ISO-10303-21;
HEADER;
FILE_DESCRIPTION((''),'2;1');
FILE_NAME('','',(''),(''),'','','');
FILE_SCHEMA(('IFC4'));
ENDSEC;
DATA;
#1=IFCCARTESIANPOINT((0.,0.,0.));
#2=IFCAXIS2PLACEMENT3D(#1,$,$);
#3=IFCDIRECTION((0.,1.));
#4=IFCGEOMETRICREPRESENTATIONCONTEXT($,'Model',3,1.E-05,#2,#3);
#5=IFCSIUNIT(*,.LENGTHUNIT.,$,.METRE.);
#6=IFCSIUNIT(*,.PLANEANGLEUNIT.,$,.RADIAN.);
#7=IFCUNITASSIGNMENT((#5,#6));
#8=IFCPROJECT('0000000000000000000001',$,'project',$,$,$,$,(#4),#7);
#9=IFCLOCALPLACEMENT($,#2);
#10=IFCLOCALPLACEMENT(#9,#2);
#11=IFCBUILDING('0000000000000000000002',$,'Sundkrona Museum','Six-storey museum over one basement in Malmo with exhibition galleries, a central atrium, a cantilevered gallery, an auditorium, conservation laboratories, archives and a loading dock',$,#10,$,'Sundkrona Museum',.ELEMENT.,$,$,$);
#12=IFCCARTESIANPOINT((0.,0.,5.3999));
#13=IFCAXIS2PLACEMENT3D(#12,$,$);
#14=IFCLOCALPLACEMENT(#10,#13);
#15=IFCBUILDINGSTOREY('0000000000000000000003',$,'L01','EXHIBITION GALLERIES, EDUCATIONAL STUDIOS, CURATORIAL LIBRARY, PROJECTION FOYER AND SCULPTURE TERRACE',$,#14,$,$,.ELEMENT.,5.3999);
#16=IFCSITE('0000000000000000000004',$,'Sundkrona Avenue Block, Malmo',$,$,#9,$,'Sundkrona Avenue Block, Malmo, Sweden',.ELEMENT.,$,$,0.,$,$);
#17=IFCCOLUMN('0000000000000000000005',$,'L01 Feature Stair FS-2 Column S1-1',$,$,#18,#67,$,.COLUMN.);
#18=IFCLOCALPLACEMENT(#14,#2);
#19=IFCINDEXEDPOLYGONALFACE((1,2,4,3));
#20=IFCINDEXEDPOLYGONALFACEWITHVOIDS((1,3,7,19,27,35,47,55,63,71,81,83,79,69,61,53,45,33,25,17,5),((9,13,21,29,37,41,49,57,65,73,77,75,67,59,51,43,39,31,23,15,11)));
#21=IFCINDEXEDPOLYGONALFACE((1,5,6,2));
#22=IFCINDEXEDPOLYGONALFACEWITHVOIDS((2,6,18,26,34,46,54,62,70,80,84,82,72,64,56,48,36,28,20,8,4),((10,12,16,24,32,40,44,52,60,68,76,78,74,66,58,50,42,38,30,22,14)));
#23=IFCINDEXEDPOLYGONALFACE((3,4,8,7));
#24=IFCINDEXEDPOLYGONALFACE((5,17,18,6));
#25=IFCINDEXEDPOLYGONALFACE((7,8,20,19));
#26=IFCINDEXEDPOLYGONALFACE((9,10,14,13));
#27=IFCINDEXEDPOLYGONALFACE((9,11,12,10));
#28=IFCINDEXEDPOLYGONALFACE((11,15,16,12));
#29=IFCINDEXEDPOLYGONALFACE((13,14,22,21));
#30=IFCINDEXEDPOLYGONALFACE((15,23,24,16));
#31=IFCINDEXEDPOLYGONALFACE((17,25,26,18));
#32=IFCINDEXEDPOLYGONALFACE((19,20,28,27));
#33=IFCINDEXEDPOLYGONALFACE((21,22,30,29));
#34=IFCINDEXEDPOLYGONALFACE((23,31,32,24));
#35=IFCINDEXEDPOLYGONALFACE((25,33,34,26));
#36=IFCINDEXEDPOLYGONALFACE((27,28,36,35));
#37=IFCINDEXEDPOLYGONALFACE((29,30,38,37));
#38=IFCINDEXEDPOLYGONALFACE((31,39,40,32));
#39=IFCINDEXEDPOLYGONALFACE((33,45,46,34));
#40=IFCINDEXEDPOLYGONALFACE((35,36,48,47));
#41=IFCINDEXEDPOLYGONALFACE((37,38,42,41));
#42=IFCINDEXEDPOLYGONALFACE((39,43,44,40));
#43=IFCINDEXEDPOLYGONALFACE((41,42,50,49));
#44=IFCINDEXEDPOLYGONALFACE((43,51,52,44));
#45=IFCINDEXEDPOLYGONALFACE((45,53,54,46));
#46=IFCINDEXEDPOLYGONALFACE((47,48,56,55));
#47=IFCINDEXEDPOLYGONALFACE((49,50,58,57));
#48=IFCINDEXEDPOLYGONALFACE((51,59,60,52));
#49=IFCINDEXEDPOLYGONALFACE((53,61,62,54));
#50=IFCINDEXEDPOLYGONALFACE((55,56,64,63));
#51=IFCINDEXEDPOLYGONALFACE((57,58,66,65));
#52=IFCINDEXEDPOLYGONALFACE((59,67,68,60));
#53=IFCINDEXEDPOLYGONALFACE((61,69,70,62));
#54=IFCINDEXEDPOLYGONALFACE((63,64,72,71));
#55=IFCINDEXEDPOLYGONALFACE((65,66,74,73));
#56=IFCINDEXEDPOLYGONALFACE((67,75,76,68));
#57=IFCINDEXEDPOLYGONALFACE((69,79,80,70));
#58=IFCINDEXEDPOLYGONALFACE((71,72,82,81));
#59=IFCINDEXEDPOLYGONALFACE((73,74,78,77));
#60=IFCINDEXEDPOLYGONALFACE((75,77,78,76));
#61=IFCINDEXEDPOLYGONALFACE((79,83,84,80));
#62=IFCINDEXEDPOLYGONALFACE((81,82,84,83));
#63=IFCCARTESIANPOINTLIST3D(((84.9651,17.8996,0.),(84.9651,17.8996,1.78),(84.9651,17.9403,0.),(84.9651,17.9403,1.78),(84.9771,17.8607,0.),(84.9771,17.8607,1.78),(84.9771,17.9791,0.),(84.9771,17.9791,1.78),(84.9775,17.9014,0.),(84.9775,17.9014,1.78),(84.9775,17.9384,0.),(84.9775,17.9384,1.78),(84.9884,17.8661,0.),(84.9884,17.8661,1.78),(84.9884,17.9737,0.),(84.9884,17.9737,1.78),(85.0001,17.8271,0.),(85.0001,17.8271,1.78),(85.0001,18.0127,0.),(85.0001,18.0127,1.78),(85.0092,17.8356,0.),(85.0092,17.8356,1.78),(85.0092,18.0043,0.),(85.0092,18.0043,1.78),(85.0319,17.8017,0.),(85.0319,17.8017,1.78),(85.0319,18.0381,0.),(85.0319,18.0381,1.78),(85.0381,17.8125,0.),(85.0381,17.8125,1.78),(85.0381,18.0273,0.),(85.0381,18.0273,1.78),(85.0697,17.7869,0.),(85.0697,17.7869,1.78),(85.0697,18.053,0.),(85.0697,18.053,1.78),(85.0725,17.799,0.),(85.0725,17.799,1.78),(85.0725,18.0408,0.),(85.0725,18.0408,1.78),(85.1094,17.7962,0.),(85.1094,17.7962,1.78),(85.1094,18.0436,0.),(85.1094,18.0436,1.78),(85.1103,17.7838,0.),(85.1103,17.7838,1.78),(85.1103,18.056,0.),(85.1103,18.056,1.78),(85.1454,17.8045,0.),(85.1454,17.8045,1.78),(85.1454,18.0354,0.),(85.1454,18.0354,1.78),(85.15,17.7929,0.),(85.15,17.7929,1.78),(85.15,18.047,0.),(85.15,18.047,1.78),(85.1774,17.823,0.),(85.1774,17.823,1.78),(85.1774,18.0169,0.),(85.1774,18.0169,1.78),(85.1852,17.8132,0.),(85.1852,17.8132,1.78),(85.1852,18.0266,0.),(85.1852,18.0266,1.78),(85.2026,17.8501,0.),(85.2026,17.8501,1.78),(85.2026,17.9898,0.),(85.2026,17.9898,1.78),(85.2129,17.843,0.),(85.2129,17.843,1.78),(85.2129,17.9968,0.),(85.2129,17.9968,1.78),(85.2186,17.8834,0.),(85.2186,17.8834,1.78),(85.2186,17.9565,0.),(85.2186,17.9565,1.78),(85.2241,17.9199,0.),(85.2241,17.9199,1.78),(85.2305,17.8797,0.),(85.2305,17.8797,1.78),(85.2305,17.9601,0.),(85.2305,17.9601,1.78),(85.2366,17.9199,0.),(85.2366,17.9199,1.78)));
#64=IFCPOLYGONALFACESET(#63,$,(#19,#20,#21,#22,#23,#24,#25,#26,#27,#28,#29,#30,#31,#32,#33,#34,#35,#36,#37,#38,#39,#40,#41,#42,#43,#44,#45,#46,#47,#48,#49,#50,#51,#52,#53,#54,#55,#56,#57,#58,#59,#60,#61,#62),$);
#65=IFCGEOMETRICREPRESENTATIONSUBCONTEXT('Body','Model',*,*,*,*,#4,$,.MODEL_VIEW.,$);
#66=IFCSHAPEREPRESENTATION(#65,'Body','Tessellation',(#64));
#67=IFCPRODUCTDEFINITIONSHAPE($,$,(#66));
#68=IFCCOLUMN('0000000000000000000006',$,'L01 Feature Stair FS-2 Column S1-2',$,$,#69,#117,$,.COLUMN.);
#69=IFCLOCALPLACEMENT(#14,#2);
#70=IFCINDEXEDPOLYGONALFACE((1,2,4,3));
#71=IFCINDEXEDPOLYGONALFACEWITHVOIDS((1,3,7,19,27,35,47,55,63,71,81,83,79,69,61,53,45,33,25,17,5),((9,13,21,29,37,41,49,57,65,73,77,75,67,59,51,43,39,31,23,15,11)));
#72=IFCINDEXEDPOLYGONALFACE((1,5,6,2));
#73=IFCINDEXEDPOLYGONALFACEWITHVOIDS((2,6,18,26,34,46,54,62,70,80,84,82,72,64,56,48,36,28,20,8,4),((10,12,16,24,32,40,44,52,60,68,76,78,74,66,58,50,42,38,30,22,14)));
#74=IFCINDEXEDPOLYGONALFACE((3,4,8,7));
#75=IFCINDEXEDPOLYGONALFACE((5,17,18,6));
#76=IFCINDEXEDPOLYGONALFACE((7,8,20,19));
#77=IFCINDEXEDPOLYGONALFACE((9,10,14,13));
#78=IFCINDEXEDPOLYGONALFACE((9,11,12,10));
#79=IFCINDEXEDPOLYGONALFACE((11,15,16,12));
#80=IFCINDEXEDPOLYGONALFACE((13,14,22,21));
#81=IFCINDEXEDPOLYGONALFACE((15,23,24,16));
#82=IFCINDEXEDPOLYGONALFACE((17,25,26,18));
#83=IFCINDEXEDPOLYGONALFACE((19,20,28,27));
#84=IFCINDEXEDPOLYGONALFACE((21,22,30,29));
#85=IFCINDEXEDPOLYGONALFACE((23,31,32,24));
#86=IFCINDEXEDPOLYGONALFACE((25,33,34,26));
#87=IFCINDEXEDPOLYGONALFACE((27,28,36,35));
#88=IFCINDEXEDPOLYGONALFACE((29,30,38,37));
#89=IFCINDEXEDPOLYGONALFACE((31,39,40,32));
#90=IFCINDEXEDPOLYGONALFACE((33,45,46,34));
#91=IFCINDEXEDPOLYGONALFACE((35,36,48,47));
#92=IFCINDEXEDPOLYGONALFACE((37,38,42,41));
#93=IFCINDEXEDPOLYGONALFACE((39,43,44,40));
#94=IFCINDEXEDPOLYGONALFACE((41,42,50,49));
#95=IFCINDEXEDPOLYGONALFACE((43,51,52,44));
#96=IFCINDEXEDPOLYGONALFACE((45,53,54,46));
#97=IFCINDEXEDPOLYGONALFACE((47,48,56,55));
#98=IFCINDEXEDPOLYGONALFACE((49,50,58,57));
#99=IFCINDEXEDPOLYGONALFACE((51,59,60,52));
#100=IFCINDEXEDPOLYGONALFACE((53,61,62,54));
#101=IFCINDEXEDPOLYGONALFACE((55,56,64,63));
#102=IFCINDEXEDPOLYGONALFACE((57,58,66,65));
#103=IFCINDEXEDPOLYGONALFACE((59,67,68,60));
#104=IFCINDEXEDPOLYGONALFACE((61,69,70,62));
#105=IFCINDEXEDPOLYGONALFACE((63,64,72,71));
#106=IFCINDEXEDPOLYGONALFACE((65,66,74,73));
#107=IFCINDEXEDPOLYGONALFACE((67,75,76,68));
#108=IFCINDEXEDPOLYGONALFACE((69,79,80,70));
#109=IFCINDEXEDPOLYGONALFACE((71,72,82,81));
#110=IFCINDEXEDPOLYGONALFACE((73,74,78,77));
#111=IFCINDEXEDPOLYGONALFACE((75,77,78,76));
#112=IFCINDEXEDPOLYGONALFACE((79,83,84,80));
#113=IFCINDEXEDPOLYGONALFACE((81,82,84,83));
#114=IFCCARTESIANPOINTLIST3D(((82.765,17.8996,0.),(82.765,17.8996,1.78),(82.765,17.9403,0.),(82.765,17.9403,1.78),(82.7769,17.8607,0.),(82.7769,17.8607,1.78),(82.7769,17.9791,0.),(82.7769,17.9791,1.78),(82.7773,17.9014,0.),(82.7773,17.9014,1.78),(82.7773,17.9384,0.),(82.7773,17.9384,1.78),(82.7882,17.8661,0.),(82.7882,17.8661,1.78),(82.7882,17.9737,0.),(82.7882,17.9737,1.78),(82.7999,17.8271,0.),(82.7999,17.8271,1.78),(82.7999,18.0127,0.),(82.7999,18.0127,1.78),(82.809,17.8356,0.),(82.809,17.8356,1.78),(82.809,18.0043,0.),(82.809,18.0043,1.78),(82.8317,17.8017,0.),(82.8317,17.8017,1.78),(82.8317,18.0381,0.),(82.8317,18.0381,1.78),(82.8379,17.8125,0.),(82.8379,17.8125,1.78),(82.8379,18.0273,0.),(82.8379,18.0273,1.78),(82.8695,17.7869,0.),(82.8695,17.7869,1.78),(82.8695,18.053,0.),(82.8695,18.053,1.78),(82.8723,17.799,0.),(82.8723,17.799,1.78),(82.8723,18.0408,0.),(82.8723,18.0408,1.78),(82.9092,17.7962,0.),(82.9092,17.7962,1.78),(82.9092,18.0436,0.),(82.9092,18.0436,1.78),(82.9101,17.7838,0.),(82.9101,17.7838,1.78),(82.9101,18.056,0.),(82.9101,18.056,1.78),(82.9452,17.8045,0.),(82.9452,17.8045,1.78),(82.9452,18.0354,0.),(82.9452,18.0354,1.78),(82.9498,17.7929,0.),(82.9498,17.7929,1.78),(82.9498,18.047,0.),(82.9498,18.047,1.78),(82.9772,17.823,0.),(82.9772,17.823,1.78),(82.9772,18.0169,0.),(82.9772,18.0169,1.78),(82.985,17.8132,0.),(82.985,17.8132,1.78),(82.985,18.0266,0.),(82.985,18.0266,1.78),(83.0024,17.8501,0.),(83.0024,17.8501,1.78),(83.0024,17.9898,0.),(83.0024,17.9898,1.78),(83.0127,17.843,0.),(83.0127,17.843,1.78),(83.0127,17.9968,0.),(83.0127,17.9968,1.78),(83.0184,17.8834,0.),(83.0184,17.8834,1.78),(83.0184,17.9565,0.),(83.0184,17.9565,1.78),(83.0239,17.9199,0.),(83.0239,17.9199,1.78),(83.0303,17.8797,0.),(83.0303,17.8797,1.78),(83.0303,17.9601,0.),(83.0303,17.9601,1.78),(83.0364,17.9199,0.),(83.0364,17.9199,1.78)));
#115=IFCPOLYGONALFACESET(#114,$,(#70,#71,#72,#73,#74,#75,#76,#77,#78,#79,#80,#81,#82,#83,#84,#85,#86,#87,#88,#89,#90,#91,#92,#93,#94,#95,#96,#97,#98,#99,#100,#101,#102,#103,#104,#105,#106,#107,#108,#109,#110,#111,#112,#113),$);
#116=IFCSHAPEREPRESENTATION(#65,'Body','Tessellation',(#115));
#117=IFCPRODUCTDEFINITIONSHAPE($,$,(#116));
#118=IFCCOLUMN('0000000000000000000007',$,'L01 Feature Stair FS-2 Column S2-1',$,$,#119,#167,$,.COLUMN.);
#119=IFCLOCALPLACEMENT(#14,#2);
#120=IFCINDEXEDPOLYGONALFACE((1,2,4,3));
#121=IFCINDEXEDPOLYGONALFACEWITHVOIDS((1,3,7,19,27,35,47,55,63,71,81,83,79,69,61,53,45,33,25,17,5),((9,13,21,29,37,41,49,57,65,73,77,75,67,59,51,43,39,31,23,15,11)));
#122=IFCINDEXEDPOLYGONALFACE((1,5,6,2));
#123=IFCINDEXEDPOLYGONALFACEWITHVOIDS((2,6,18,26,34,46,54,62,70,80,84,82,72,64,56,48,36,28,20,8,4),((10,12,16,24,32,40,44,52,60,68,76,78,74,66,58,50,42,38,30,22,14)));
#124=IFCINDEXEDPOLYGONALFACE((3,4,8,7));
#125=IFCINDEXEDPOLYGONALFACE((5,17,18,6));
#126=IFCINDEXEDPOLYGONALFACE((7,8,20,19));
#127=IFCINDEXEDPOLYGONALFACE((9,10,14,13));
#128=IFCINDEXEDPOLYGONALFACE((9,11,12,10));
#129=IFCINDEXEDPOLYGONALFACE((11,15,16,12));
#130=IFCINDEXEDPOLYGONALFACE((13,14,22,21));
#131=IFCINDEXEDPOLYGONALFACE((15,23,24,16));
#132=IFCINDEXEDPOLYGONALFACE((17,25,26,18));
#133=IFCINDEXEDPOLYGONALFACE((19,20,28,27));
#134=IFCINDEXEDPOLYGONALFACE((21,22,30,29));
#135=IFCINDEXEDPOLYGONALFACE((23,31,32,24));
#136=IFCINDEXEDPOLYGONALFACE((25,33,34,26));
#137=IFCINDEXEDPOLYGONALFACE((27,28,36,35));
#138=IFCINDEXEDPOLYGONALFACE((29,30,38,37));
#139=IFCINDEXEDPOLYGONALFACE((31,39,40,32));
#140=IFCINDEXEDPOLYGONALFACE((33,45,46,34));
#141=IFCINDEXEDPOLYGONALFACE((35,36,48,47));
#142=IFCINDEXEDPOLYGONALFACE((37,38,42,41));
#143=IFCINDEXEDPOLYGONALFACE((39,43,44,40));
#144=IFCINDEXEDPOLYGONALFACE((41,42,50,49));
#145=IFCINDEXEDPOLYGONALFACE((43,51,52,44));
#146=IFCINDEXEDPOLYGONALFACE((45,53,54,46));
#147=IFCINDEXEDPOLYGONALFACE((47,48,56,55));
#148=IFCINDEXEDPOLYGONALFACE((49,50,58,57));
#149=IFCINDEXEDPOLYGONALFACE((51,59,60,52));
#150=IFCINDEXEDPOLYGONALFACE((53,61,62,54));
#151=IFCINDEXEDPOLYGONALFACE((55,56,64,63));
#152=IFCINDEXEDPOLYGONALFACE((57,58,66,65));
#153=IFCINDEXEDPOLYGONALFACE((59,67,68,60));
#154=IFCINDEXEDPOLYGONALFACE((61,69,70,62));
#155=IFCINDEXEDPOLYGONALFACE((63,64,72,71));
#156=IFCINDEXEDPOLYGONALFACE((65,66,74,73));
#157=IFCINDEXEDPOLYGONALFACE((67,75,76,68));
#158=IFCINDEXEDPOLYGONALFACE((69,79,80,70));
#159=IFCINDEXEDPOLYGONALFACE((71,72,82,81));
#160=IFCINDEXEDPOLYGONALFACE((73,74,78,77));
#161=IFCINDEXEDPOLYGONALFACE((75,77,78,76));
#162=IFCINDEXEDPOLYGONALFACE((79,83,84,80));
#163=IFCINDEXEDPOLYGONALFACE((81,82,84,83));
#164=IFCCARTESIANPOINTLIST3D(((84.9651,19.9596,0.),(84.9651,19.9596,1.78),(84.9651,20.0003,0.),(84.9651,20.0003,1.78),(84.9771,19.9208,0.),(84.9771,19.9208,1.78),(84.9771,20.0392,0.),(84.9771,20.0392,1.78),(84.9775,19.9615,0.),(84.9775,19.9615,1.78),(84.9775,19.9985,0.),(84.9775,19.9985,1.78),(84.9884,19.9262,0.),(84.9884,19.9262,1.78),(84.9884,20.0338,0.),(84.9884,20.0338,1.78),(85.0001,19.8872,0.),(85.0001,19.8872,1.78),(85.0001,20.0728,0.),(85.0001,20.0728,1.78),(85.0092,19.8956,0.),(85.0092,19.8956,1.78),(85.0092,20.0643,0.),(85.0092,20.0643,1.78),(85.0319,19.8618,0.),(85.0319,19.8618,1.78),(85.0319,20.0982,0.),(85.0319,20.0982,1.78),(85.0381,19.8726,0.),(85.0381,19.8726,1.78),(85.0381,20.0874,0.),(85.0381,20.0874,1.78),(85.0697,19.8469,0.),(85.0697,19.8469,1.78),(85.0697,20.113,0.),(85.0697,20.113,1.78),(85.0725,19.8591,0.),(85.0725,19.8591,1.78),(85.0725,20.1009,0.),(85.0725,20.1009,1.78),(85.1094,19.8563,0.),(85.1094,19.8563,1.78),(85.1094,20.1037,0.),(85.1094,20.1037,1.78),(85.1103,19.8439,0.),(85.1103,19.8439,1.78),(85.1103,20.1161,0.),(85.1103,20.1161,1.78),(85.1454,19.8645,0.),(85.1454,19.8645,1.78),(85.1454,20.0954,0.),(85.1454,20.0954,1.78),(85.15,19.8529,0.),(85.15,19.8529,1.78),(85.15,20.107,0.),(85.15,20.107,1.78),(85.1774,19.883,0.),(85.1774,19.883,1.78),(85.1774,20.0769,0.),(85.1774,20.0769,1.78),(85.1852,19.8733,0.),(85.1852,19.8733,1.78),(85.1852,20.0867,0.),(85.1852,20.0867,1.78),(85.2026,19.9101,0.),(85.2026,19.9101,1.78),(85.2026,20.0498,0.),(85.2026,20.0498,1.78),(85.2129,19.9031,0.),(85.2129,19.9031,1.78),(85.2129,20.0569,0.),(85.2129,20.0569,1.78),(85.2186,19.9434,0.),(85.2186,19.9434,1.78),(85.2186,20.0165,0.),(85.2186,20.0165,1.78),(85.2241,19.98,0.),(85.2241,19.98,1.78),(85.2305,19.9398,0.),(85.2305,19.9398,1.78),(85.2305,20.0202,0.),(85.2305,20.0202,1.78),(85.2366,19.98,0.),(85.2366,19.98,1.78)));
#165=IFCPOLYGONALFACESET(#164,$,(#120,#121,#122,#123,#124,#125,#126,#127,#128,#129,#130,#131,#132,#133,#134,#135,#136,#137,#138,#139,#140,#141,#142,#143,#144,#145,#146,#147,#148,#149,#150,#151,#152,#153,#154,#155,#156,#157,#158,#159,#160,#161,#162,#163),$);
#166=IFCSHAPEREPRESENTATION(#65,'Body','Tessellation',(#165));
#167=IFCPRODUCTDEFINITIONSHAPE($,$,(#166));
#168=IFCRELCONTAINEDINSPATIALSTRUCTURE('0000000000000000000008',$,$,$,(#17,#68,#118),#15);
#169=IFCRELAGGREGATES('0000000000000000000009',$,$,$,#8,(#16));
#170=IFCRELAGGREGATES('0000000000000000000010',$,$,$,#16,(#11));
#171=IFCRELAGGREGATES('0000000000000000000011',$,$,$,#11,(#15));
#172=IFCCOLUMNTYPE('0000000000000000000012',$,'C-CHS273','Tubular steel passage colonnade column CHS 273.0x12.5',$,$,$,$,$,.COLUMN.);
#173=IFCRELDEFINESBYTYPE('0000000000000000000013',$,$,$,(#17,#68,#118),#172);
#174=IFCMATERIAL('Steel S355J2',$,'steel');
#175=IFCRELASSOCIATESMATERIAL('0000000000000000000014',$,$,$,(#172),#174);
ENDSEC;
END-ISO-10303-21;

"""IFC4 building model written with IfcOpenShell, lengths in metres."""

from ifc_helpers import new_model, si_unit, direction, frame, origin, origin_2d, place, context, subcontext, project, spatial, hollow_circle, extrude, material, material_profile, profile_set, type_object, element, save


model = new_model("IFC4")

# Units and contexts
model_context = context("Model", 3, precision=1e-05, world=origin(), true_north=direction((0.0, 1.0)))
body_context = subcontext(model_context, "Body", "Model", "MODEL_VIEW")
ifc_project = project(units=[si_unit("LENGTHUNIT", "METRE"), si_unit("PLANEANGLEUNIT", "RADIAN")], contexts=[model_context])

# Site, building, storey
site_placement = place(None, origin())
site = spatial("IfcSite", under=ifc_project, at=site_placement, Name="Sundkrona Avenue Block, Malmo", LongName="Sundkrona Avenue Block, Malmo, Sweden", CompositionType="ELEMENT", RefElevation=0.0)
building_placement = place(site_placement, origin())
building = spatial("IfcBuilding", under=site, at=building_placement, Name="Sundkrona Museum", Description="Six-storey museum over one basement in Malmo with exhibition galleries, a central atrium, a cantilevered gallery, an auditorium, conservation laboratories, archives and a loading dock", LongName="Sundkrona Museum", CompositionType="ELEMENT")
storey_placement = place(building_placement, frame((0.0, 0.0, 5.3999)))
storey = spatial("IfcBuildingStorey", under=building, at=storey_placement, Name="L01", Description="EXHIBITION GALLERIES, EDUCATIONAL STUDIOS, CURATORIAL LIBRARY, PROJECTION FOYER AND SCULPTURE TERRACE", CompositionType="ELEMENT", Elevation=5.3999)

# Columns
ifc_material_1 = material(Name="Steel S355J2", Category="steel")
ifc_material_profile_1 = material_profile(ifc_material_1, hollow_circle(Radius=0.1365, WallThickness=0.0125, at=origin_2d()), Name="CHS 273.0x12.5")
ifc_profile_set_1 = profile_set([ifc_material_profile_1], Name="Steel S355J2")
column_type_1 = type_object("IfcColumnType", Name="C-CHS273", Description="Tubular steel passage colonnade column CHS 273.0x12.5", PredefinedType="COLUMN", material=ifc_profile_set_1)
for number, where, z_axis, x_axis, name in (
    (1, (85.1001, 17.9199, 0.0), (0.0, 0.0, 1.0), (1.0, 0.0, 0.0), "L01 Feature Stair FS-2 Column S1-1"),
    (2, (82.8999, 17.9199, 0.0), (0.0, 0.0, 1.0), (1.0, 0.0, 0.0), "L01 Feature Stair FS-2 Column S1-2"),
    (3, (85.1001, 19.98, 0.0), (0.0, 0.0, 1.0), (1.0, 0.0, 0.0), "L01 Feature Stair FS-2 Column S2-1"),
):
    element("IfcColumn", number, at=place(storey_placement, frame(where, z_axis=z_axis, x_axis=x_axis)), inside=storey, type_object=column_type_1, Name=name, PredefinedType="COLUMN", context=body_context, shape_type="SweptSolid", body=[
        extrude(hollow_circle(Radius=0.1365, WallThickness=0.0125, at=origin_2d()), origin(), (0.0, 0.0, 1.0), 1.78),
    ])

save(model, "model.ifc")
